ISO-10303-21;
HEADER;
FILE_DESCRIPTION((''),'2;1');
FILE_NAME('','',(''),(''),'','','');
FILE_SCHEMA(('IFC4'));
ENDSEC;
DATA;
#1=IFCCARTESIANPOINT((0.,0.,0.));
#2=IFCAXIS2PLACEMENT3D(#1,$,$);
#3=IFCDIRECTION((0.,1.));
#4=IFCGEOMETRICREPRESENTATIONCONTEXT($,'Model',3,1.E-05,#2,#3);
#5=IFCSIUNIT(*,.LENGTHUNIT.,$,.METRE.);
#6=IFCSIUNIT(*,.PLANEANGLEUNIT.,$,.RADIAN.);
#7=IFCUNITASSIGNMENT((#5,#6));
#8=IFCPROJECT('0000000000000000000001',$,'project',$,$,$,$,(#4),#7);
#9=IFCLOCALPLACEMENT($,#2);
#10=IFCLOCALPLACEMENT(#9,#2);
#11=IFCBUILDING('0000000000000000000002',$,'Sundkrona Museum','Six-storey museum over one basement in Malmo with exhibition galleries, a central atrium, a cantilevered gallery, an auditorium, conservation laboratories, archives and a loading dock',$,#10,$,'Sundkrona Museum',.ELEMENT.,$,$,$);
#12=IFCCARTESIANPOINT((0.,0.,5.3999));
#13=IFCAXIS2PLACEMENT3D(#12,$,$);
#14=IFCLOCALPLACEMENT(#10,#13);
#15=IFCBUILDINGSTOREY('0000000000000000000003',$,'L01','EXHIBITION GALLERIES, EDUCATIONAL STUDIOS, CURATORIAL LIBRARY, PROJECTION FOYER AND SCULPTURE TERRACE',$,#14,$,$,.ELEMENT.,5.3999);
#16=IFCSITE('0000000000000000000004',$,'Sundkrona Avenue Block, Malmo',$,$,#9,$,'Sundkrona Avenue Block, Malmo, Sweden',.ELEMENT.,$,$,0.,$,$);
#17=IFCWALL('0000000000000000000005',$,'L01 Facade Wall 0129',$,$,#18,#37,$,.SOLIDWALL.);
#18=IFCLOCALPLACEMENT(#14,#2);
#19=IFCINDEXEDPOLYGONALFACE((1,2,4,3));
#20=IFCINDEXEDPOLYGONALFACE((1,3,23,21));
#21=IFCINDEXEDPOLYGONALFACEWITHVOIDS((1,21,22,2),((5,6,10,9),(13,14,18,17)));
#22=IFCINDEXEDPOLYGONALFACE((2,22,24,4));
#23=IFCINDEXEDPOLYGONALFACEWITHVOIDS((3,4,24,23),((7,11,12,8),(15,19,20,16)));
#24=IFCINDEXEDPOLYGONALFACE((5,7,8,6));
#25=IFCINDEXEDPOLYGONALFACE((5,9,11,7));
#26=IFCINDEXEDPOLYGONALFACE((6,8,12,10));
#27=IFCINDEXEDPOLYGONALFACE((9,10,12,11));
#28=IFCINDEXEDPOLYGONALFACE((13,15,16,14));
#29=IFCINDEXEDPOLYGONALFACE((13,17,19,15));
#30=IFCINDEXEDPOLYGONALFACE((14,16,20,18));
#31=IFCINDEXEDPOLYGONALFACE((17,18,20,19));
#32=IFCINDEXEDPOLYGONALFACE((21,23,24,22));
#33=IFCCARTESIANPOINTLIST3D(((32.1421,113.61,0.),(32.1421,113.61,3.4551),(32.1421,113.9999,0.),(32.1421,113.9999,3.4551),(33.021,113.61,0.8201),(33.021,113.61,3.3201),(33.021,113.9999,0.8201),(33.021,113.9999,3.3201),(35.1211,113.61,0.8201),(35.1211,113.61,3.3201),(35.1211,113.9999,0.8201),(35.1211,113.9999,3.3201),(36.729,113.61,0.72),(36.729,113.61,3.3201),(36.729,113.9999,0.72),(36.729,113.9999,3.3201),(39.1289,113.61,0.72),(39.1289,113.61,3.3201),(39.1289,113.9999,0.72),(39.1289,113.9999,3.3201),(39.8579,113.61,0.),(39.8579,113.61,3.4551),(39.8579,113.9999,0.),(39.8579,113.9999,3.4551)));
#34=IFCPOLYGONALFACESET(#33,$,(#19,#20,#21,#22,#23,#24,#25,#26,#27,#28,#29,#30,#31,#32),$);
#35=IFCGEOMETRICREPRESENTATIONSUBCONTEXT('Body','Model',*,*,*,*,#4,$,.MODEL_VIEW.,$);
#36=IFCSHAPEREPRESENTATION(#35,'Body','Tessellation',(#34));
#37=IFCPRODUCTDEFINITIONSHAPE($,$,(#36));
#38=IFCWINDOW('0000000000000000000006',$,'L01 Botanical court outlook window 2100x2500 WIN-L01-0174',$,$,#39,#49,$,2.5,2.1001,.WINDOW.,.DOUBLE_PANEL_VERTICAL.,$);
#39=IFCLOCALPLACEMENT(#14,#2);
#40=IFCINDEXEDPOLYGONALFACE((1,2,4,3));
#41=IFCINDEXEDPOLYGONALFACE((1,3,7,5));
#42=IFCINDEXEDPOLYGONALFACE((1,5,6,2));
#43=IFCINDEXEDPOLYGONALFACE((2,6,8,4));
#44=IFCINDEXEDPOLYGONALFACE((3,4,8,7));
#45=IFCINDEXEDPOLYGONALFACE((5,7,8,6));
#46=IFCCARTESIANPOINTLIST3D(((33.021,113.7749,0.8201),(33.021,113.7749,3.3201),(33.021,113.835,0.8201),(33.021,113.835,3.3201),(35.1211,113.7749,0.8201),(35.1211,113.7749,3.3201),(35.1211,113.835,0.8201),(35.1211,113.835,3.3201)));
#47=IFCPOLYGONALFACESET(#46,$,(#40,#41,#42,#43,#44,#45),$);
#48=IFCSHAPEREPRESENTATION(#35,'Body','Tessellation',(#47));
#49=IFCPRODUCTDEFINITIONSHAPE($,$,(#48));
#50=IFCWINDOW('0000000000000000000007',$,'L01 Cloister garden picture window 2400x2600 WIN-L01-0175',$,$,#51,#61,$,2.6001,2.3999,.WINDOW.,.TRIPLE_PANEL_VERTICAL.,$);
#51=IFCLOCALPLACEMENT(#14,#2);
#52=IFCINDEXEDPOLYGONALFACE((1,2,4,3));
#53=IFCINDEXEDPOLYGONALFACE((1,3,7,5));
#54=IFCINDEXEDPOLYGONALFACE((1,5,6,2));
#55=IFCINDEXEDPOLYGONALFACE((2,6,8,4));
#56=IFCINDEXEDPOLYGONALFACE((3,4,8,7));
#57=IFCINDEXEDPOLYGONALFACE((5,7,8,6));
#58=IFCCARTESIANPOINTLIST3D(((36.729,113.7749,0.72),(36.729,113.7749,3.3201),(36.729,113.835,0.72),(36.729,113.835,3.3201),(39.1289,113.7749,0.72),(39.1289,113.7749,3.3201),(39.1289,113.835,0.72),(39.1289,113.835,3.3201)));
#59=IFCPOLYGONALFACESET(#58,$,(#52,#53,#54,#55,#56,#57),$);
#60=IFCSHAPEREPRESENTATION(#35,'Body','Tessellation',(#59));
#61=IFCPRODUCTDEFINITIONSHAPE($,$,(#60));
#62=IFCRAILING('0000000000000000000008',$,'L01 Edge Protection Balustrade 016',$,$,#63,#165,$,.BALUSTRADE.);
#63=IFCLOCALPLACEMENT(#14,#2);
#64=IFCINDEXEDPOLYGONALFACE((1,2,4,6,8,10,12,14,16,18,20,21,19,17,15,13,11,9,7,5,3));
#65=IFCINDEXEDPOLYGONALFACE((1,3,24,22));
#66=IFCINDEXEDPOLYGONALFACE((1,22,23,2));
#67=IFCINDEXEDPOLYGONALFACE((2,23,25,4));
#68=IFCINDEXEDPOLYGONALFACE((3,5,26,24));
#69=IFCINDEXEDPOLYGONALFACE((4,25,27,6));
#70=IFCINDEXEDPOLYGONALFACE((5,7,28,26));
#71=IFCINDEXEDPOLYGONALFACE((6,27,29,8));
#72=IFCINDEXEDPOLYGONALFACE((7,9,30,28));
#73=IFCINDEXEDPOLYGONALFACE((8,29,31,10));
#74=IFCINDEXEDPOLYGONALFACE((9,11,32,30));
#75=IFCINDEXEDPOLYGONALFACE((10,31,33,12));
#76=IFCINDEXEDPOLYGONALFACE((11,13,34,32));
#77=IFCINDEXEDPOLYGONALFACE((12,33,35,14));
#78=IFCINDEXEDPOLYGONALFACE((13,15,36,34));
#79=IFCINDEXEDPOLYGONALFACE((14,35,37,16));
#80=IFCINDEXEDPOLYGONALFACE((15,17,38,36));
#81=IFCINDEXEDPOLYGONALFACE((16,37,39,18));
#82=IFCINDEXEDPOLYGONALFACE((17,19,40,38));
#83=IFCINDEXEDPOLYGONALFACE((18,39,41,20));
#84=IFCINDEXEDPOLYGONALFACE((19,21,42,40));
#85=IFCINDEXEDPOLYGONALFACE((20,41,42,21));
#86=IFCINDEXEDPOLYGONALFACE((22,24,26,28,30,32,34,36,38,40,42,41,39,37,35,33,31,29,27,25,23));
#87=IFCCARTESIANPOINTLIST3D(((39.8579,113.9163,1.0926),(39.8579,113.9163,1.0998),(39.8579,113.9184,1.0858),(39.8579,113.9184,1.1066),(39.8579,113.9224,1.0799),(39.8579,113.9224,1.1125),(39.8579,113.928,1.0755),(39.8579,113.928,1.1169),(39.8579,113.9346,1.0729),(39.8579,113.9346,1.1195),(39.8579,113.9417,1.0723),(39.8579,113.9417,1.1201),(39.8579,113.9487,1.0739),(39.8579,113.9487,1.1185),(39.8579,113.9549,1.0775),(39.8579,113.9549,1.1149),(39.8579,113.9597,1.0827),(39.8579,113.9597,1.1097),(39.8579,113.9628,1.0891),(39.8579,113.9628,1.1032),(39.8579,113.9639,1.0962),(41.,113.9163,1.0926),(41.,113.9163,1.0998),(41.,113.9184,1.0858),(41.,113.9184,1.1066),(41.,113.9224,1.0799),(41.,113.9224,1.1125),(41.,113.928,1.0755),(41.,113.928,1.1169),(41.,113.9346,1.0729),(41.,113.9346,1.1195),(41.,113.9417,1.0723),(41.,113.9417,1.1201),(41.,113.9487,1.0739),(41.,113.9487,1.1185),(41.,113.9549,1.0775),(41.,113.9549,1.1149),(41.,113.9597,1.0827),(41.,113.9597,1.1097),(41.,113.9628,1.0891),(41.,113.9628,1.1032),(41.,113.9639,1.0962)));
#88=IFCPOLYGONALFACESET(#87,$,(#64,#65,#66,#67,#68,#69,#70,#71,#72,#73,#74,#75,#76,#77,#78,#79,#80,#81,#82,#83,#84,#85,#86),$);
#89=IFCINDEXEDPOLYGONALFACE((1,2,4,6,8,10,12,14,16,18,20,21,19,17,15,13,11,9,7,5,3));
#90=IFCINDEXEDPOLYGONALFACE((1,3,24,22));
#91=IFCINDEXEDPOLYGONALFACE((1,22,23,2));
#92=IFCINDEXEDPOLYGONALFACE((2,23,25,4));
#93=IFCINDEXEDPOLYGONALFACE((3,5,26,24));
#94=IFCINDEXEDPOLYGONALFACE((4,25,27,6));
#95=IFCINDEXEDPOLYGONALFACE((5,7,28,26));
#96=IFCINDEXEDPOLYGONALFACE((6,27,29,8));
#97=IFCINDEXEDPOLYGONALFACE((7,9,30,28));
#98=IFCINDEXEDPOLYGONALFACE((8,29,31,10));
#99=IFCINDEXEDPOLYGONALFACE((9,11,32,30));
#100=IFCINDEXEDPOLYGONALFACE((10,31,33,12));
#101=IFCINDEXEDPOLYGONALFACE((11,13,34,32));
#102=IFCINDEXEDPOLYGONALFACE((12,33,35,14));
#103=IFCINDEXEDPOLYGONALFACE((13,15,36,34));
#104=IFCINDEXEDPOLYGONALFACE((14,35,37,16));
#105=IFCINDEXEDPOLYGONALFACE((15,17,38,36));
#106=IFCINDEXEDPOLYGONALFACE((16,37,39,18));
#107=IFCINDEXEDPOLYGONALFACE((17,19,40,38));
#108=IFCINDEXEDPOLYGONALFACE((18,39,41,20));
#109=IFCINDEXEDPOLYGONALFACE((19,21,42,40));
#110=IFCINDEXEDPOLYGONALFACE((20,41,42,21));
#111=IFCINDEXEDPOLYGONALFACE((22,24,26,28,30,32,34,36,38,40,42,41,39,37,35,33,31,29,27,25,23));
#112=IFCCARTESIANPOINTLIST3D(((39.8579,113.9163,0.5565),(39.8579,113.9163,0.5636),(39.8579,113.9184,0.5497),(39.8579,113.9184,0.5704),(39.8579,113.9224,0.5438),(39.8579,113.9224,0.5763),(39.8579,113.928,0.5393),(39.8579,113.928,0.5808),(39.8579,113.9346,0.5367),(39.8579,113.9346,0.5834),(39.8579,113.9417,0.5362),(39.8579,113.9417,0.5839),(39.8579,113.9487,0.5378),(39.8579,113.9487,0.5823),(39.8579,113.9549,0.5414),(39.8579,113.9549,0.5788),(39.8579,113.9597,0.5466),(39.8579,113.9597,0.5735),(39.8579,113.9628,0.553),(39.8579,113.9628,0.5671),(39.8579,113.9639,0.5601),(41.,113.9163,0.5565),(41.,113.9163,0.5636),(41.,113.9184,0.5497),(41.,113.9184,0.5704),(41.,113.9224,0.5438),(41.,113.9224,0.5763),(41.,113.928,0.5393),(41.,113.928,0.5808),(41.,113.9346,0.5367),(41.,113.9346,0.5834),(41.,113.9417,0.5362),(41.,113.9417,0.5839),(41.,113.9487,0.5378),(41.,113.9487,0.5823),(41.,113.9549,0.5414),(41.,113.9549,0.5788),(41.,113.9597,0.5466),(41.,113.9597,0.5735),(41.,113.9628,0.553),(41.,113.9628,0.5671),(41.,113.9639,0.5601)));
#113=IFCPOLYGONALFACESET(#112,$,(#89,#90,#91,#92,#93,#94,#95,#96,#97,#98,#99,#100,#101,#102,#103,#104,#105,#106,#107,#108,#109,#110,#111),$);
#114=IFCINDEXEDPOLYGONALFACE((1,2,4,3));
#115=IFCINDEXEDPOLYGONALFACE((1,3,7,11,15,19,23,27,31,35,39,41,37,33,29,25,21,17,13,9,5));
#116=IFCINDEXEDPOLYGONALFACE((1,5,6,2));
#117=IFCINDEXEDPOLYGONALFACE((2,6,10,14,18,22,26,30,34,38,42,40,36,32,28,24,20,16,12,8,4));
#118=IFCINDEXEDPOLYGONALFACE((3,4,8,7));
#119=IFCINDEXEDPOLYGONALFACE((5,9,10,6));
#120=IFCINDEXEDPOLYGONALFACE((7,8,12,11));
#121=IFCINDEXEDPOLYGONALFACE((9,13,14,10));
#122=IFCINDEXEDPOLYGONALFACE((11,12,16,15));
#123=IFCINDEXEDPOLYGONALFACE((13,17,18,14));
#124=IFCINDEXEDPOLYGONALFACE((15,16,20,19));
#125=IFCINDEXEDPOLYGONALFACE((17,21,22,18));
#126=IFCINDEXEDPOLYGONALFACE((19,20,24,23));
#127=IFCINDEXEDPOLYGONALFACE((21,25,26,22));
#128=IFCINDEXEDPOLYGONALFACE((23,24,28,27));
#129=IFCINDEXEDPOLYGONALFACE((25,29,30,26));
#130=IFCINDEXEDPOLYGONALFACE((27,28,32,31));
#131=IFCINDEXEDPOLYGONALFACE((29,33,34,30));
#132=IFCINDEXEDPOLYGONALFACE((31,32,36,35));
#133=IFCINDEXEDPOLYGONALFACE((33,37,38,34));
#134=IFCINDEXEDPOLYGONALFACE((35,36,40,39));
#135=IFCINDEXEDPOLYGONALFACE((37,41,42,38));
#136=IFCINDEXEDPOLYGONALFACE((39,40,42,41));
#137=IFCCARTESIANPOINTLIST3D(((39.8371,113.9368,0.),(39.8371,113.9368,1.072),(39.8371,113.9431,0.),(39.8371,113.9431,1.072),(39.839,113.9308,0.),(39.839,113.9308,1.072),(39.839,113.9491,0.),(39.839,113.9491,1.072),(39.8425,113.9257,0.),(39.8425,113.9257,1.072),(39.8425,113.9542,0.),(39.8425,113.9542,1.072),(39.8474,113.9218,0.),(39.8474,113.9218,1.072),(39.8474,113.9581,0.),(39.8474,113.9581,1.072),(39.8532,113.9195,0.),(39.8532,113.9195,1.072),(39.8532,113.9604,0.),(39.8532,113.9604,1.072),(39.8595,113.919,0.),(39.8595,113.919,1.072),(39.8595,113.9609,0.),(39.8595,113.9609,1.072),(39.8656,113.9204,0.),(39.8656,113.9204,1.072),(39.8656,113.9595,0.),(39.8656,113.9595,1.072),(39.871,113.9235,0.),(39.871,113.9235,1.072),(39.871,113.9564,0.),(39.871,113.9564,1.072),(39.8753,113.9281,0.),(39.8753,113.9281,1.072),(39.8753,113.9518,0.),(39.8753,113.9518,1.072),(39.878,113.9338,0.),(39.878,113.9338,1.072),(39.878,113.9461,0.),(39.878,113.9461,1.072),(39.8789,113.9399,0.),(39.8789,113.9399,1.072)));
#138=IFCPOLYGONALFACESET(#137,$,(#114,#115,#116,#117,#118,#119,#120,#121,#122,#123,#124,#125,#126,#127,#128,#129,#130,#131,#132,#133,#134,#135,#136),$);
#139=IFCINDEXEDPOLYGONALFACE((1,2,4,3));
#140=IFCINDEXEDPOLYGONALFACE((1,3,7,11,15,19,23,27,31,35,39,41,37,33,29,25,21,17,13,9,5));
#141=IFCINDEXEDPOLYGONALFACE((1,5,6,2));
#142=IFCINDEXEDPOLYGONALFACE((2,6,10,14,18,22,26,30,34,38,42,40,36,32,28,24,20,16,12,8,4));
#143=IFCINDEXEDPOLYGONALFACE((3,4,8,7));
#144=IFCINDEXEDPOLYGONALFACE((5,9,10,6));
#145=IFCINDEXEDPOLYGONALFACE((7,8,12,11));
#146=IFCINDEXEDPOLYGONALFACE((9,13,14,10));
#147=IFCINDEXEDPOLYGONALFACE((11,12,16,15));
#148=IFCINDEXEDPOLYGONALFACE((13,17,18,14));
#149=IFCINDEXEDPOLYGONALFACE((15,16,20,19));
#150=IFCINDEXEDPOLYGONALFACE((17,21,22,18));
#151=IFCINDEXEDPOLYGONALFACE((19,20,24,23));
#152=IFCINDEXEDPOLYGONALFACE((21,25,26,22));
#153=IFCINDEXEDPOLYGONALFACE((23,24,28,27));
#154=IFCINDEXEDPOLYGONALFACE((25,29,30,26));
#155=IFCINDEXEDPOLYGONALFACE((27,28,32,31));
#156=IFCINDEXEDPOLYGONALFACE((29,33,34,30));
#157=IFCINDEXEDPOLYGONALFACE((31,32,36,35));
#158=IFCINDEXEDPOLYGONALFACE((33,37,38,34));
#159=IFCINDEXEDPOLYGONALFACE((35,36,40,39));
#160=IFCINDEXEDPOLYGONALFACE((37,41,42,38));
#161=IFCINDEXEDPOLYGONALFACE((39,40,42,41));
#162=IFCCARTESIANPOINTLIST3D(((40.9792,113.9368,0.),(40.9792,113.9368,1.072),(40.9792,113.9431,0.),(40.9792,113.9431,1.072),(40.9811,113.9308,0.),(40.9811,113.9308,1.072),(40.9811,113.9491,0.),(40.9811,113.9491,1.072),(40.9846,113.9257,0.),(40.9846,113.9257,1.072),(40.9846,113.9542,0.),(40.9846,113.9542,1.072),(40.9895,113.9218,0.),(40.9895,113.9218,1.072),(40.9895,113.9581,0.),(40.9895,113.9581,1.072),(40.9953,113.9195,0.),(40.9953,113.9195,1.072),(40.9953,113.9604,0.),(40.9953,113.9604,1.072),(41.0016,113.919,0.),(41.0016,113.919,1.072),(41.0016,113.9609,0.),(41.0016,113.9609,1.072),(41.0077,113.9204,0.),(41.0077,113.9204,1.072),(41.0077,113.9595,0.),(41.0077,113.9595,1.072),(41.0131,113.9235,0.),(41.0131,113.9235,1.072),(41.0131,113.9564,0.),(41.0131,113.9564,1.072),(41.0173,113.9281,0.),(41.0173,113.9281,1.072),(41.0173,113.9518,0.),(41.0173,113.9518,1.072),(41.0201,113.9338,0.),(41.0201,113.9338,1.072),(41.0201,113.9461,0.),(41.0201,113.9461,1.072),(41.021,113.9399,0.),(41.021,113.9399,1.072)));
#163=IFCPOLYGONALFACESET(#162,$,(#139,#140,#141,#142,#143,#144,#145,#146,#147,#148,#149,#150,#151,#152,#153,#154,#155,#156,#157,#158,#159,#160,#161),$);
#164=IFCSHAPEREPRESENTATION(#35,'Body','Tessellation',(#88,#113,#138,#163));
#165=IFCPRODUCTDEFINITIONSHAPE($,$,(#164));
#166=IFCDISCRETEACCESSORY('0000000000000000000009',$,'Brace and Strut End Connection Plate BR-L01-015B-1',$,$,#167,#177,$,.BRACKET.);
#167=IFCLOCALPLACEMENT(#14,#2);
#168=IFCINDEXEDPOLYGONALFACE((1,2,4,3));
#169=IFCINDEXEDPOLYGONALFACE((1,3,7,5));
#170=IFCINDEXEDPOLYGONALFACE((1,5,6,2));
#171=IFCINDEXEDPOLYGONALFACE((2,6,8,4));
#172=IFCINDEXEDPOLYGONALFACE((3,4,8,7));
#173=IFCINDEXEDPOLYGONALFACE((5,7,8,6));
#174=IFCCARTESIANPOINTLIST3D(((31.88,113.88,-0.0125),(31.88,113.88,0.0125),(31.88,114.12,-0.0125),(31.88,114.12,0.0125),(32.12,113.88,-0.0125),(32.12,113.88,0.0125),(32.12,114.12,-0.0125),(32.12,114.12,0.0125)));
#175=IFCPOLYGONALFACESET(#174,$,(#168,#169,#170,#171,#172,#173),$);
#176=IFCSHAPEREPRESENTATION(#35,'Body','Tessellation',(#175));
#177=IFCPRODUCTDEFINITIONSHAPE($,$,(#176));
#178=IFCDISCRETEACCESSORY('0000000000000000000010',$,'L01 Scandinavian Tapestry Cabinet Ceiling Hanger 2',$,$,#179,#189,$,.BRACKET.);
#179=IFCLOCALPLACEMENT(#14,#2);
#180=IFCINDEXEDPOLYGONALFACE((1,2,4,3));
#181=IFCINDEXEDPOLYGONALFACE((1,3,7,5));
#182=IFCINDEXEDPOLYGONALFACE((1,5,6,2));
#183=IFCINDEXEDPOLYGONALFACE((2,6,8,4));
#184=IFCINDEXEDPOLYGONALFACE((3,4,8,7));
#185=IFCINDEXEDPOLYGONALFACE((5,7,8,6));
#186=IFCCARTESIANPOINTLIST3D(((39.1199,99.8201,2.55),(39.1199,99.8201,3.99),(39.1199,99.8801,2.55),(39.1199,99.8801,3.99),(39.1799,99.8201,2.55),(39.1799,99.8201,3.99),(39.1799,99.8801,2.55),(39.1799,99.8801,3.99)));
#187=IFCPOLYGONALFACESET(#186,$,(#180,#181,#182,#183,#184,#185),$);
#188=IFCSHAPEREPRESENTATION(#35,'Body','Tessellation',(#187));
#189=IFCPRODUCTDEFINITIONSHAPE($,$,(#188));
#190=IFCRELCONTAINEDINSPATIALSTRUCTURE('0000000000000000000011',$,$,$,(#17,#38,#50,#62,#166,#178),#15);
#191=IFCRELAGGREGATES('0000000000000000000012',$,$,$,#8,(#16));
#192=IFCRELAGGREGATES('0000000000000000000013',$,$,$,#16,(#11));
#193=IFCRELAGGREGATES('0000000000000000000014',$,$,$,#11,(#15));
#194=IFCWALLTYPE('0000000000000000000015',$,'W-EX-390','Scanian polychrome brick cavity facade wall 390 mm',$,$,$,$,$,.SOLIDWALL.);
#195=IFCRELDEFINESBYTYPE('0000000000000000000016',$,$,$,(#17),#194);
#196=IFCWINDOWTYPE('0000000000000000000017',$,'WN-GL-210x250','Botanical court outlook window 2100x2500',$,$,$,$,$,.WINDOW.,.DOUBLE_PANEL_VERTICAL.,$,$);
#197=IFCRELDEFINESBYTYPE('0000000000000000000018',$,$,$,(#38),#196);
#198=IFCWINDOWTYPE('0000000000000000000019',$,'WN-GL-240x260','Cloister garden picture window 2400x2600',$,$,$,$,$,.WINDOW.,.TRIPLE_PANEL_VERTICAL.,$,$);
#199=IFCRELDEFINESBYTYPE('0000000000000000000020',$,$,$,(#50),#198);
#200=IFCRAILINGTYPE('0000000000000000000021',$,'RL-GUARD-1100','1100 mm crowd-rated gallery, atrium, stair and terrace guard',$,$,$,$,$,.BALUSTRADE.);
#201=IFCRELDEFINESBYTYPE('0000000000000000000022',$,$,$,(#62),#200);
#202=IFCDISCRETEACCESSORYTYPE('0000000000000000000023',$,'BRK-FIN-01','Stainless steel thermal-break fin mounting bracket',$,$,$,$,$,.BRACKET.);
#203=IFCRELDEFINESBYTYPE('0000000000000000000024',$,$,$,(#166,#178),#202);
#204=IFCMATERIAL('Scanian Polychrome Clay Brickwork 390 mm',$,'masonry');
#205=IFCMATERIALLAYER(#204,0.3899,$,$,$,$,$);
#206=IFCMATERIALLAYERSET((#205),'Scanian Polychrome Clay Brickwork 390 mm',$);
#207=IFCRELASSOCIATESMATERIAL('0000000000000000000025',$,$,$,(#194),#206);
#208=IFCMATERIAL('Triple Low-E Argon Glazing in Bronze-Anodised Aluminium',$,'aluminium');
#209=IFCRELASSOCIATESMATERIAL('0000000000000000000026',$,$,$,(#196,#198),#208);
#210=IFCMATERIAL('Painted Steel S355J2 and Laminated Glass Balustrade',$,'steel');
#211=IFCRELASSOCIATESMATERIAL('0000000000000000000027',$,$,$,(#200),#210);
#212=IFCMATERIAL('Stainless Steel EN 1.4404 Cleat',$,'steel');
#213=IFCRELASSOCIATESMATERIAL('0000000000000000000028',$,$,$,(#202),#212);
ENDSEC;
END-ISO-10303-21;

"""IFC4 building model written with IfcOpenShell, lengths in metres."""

from ifc_helpers import new_model, si_unit, direction, frame, frame_2d, origin, origin_2d, place, context, subcontext, project, spatial, rectangle, circle, extrude, material, layer, layer_set, type_object, element, fill, save


model = new_model("IFC4")

# Units and contexts
model_context = context("Model", 3, precision=1e-05, world=origin(), true_north=direction((0.0, 1.0)))
body_context = subcontext(model_context, "Body", "Model", "MODEL_VIEW")
ifc_project = project(units=[si_unit("LENGTHUNIT", "METRE"), si_unit("PLANEANGLEUNIT", "RADIAN")], contexts=[model_context])

# Site, building, storey
site_placement = place(None, origin())
site = spatial("IfcSite", under=ifc_project, at=site_placement, Name="Sundkrona Avenue Block, Malmo", LongName="Sundkrona Avenue Block, Malmo, Sweden", CompositionType="ELEMENT", RefElevation=0.0)
building_placement = place(site_placement, origin())
building = spatial("IfcBuilding", under=site, at=building_placement, Name="Sundkrona Museum", Description="Six-storey museum over one basement in Malmo with exhibition galleries, a central atrium, a cantilevered gallery, an auditorium, conservation laboratories, archives and a loading dock", LongName="Sundkrona Museum", CompositionType="ELEMENT")
storey_placement = place(building_placement, frame((0.0, 0.0, 5.3999)))
storey = spatial("IfcBuildingStorey", under=building, at=storey_placement, Name="L01", Description="EXHIBITION GALLERIES, EDUCATIONAL STUDIOS, CURATORIAL LIBRARY, PROJECTION FOYER AND SCULPTURE TERRACE", CompositionType="ELEMENT", Elevation=5.3999)

# Wall, openings, windows
ifc_material_1 = material(Name="Scanian Polychrome Clay Brickwork 390 mm", Category="masonry")
ifc_layer = layer(ifc_material_1, 0.3899)
ifc_layer_set = layer_set([ifc_layer], Name="Scanian Polychrome Clay Brickwork 390 mm")
wall_type = type_object("IfcWallType", Name="W-EX-390", Description="Scanian polychrome brick cavity facade wall 390 mm", PredefinedType="SOLIDWALL", material=ifc_layer_set)
wall_placement = place(storey_placement, frame((32.1421, 113.8049, 0.0), z_axis=(0.0, 0.0, 1.0), x_axis=(1.0, 0.0, 0.0)))
wall = element("IfcWall", 1, at=wall_placement, inside=storey, type_object=wall_type, Name="L01 Facade Wall 0129", PredefinedType="SOLIDWALL", context=body_context, shape_type="SweptSolid", body=[
    extrude(rectangle(XDim=7.7158, YDim=0.3899, at=frame_2d((3.8579, 0.0))), origin(), (0.0, 0.0, 1.0), 3.4551),
])
opening_1_placement = place(wall_placement, frame((0.8789, 0.0, 0.8201)))
opening_1 = element("IfcOpeningElement", 2, at=opening_1_placement, cuts=wall, PredefinedType="OPENING", context=body_context, shape_type="SweptSolid", body=[
    extrude(rectangle(XDim=2.1001, YDim=2.5, at=frame_2d((1.05, 1.25))), frame((0.0, 0.2048, 0.0), z_axis=(0.0, -1.0, 0.0), x_axis=(1.0, 0.0, 0.0)), (0.0, 0.0, 1.0), 0.4099),
])
opening_2_placement = place(wall_placement, frame((4.5869, 0.0, 0.72)))
opening_2 = element("IfcOpeningElement", 3, at=opening_2_placement, cuts=wall, PredefinedType="OPENING", context=body_context, shape_type="SweptSolid", body=[
    extrude(rectangle(XDim=2.3999, YDim=2.6001, at=frame_2d((1.2, 1.3))), frame((0.0, 0.2048, 0.0), z_axis=(0.0, -1.0, 0.0), x_axis=(1.0, 0.0, 0.0)), (0.0, 0.0, 1.0), 0.4099),
])
ifc_material_2 = material(Name="Triple Low-E Argon Glazing in Bronze-Anodised Aluminium", Category="aluminium")
window_type_1 = type_object("IfcWindowType", Name="WN-GL-210x250", Description="Botanical court outlook window 2100x2500", PartitioningType="DOUBLE_PANEL_VERTICAL", PredefinedType="WINDOW", material=ifc_material_2)
window_1_placement = place(opening_1_placement, origin())
window_1 = element("IfcWindow", 4, at=window_1_placement, inside=storey, type_object=window_type_1, Name="L01 Botanical court outlook window 2100x2500 WIN-L01-0174", OverallHeight=2.5, OverallWidth=2.1001, PartitioningType="DOUBLE_PANEL_VERTICAL", PredefinedType="WINDOW", context=body_context, shape_type="SweptSolid", body=[
    extrude(rectangle(XDim=2.1001, YDim=2.5, at=frame_2d((1.05, 1.25))), frame((0.0, 0.03, 0.0), z_axis=(0.0, -1.0, 0.0), x_axis=(1.0, 0.0, 0.0)), (0.0, 0.0, 1.0), 0.0601),
])
fill(opening_1, window_1)
window_type_2 = type_object("IfcWindowType", Name="WN-GL-240x260", Description="Cloister garden picture window 2400x2600", PartitioningType="TRIPLE_PANEL_VERTICAL", PredefinedType="WINDOW", material=ifc_material_2)
window_2_placement = place(opening_2_placement, origin())
window_2 = element("IfcWindow", 5, at=window_2_placement, inside=storey, type_object=window_type_2, Name="L01 Cloister garden picture window 2400x2600 WIN-L01-0175", OverallHeight=2.6001, OverallWidth=2.3999, PartitioningType="TRIPLE_PANEL_VERTICAL", PredefinedType="WINDOW", context=body_context, shape_type="SweptSolid", body=[
    extrude(rectangle(XDim=2.3999, YDim=2.6001, at=frame_2d((1.2, 1.3))), frame((0.0, 0.03, 0.0), z_axis=(0.0, -1.0, 0.0), x_axis=(1.0, 0.0, 0.0)), (0.0, 0.0, 1.0), 0.0601),
])
fill(opening_2, window_2)

# Railing
ifc_material_3 = material(Name="Painted Steel S355J2 and Laminated Glass Balustrade", Category="steel")
railing_type = type_object("IfcRailingType", Name="RL-GUARD-1100", Description="1100 mm crowd-rated gallery, atrium, stair and terrace guard", PredefinedType="BALUSTRADE", material=ifc_material_3)
railing_placement = place(storey_placement, frame((39.8579, 113.9399, 0.0)))
element("IfcRailing", 6, at=railing_placement, inside=storey, type_object=railing_type, Name="L01 Edge Protection Balustrade 016", PredefinedType="BALUSTRADE", context=body_context, shape_type="SweptSolid", body=[
    extrude(circle(Radius=0.0239, at=origin_2d()), frame((0.0, 0.0, 1.0962), z_axis=(1.0, 0.0, 0.0), x_axis=(0.0, 1.0, 0.0)), (0.0, 0.0, 1.0), 1.1421),
    extrude(circle(Radius=0.0239, at=origin_2d()), frame((0.0, 0.0, 0.5601), z_axis=(1.0, 0.0, 0.0), x_axis=(0.0, 1.0, 0.0)), (0.0, 0.0, 1.0), 1.1421),
    extrude(circle(Radius=0.021, at=origin_2d()), origin(), (0.0, 0.0, 1.0), 1.072),
    extrude(circle(Radius=0.021, at=origin_2d()), frame((1.1421, 0.0, 0.0)), (0.0, 0.0, 1.0), 1.072),
])

# Discrete accessories
ifc_material_4 = material(Name="Stainless Steel EN 1.4404 Cleat", Category="steel")
discrete_accessory_type = type_object("IfcDiscreteAccessoryType", Name="BRK-FIN-01", Description="Stainless steel thermal-break fin mounting bracket", PredefinedType="BRACKET", material=ifc_material_4)
discrete_accessory_placement = place(storey_placement, frame((32.0, 114.0, -0.0125), z_axis=(0.0, 0.0, 1.0), x_axis=(1.0, 0.0, 0.0)))
element("IfcDiscreteAccessory", 7, at=discrete_accessory_placement, inside=storey, type_object=discrete_accessory_type, Name="Brace and Strut End Connection Plate BR-L01-015B-1", PredefinedType="BRACKET", context=body_context, shape_type="SweptSolid", body=[
    extrude(rectangle(XDim=0.24, YDim=0.24, at=origin_2d()), origin(), (0.0, 0.0, 1.0), 0.0249),
])
for number, where, z_axis, x_axis, name in (
    (8, (39.1499, 99.8501, 2.55), (0.0, 0.0, 1.0), (1.0, 0.0, 0.0), "L01 Scandinavian Tapestry Cabinet Ceiling Hanger 2"),
):
    element("IfcDiscreteAccessory", number, at=place(storey_placement, frame(where, z_axis=z_axis, x_axis=x_axis)), inside=storey, type_object=discrete_accessory_type, Name=name, PredefinedType="BRACKET", context=body_context, shape_type="SweptSolid", body=[
        extrude(rectangle(XDim=0.0601, YDim=0.0601, at=origin_2d()), origin(), (0.0, 0.0, 1.0), 1.4399),
    ])

save(model, "model.ifc")
